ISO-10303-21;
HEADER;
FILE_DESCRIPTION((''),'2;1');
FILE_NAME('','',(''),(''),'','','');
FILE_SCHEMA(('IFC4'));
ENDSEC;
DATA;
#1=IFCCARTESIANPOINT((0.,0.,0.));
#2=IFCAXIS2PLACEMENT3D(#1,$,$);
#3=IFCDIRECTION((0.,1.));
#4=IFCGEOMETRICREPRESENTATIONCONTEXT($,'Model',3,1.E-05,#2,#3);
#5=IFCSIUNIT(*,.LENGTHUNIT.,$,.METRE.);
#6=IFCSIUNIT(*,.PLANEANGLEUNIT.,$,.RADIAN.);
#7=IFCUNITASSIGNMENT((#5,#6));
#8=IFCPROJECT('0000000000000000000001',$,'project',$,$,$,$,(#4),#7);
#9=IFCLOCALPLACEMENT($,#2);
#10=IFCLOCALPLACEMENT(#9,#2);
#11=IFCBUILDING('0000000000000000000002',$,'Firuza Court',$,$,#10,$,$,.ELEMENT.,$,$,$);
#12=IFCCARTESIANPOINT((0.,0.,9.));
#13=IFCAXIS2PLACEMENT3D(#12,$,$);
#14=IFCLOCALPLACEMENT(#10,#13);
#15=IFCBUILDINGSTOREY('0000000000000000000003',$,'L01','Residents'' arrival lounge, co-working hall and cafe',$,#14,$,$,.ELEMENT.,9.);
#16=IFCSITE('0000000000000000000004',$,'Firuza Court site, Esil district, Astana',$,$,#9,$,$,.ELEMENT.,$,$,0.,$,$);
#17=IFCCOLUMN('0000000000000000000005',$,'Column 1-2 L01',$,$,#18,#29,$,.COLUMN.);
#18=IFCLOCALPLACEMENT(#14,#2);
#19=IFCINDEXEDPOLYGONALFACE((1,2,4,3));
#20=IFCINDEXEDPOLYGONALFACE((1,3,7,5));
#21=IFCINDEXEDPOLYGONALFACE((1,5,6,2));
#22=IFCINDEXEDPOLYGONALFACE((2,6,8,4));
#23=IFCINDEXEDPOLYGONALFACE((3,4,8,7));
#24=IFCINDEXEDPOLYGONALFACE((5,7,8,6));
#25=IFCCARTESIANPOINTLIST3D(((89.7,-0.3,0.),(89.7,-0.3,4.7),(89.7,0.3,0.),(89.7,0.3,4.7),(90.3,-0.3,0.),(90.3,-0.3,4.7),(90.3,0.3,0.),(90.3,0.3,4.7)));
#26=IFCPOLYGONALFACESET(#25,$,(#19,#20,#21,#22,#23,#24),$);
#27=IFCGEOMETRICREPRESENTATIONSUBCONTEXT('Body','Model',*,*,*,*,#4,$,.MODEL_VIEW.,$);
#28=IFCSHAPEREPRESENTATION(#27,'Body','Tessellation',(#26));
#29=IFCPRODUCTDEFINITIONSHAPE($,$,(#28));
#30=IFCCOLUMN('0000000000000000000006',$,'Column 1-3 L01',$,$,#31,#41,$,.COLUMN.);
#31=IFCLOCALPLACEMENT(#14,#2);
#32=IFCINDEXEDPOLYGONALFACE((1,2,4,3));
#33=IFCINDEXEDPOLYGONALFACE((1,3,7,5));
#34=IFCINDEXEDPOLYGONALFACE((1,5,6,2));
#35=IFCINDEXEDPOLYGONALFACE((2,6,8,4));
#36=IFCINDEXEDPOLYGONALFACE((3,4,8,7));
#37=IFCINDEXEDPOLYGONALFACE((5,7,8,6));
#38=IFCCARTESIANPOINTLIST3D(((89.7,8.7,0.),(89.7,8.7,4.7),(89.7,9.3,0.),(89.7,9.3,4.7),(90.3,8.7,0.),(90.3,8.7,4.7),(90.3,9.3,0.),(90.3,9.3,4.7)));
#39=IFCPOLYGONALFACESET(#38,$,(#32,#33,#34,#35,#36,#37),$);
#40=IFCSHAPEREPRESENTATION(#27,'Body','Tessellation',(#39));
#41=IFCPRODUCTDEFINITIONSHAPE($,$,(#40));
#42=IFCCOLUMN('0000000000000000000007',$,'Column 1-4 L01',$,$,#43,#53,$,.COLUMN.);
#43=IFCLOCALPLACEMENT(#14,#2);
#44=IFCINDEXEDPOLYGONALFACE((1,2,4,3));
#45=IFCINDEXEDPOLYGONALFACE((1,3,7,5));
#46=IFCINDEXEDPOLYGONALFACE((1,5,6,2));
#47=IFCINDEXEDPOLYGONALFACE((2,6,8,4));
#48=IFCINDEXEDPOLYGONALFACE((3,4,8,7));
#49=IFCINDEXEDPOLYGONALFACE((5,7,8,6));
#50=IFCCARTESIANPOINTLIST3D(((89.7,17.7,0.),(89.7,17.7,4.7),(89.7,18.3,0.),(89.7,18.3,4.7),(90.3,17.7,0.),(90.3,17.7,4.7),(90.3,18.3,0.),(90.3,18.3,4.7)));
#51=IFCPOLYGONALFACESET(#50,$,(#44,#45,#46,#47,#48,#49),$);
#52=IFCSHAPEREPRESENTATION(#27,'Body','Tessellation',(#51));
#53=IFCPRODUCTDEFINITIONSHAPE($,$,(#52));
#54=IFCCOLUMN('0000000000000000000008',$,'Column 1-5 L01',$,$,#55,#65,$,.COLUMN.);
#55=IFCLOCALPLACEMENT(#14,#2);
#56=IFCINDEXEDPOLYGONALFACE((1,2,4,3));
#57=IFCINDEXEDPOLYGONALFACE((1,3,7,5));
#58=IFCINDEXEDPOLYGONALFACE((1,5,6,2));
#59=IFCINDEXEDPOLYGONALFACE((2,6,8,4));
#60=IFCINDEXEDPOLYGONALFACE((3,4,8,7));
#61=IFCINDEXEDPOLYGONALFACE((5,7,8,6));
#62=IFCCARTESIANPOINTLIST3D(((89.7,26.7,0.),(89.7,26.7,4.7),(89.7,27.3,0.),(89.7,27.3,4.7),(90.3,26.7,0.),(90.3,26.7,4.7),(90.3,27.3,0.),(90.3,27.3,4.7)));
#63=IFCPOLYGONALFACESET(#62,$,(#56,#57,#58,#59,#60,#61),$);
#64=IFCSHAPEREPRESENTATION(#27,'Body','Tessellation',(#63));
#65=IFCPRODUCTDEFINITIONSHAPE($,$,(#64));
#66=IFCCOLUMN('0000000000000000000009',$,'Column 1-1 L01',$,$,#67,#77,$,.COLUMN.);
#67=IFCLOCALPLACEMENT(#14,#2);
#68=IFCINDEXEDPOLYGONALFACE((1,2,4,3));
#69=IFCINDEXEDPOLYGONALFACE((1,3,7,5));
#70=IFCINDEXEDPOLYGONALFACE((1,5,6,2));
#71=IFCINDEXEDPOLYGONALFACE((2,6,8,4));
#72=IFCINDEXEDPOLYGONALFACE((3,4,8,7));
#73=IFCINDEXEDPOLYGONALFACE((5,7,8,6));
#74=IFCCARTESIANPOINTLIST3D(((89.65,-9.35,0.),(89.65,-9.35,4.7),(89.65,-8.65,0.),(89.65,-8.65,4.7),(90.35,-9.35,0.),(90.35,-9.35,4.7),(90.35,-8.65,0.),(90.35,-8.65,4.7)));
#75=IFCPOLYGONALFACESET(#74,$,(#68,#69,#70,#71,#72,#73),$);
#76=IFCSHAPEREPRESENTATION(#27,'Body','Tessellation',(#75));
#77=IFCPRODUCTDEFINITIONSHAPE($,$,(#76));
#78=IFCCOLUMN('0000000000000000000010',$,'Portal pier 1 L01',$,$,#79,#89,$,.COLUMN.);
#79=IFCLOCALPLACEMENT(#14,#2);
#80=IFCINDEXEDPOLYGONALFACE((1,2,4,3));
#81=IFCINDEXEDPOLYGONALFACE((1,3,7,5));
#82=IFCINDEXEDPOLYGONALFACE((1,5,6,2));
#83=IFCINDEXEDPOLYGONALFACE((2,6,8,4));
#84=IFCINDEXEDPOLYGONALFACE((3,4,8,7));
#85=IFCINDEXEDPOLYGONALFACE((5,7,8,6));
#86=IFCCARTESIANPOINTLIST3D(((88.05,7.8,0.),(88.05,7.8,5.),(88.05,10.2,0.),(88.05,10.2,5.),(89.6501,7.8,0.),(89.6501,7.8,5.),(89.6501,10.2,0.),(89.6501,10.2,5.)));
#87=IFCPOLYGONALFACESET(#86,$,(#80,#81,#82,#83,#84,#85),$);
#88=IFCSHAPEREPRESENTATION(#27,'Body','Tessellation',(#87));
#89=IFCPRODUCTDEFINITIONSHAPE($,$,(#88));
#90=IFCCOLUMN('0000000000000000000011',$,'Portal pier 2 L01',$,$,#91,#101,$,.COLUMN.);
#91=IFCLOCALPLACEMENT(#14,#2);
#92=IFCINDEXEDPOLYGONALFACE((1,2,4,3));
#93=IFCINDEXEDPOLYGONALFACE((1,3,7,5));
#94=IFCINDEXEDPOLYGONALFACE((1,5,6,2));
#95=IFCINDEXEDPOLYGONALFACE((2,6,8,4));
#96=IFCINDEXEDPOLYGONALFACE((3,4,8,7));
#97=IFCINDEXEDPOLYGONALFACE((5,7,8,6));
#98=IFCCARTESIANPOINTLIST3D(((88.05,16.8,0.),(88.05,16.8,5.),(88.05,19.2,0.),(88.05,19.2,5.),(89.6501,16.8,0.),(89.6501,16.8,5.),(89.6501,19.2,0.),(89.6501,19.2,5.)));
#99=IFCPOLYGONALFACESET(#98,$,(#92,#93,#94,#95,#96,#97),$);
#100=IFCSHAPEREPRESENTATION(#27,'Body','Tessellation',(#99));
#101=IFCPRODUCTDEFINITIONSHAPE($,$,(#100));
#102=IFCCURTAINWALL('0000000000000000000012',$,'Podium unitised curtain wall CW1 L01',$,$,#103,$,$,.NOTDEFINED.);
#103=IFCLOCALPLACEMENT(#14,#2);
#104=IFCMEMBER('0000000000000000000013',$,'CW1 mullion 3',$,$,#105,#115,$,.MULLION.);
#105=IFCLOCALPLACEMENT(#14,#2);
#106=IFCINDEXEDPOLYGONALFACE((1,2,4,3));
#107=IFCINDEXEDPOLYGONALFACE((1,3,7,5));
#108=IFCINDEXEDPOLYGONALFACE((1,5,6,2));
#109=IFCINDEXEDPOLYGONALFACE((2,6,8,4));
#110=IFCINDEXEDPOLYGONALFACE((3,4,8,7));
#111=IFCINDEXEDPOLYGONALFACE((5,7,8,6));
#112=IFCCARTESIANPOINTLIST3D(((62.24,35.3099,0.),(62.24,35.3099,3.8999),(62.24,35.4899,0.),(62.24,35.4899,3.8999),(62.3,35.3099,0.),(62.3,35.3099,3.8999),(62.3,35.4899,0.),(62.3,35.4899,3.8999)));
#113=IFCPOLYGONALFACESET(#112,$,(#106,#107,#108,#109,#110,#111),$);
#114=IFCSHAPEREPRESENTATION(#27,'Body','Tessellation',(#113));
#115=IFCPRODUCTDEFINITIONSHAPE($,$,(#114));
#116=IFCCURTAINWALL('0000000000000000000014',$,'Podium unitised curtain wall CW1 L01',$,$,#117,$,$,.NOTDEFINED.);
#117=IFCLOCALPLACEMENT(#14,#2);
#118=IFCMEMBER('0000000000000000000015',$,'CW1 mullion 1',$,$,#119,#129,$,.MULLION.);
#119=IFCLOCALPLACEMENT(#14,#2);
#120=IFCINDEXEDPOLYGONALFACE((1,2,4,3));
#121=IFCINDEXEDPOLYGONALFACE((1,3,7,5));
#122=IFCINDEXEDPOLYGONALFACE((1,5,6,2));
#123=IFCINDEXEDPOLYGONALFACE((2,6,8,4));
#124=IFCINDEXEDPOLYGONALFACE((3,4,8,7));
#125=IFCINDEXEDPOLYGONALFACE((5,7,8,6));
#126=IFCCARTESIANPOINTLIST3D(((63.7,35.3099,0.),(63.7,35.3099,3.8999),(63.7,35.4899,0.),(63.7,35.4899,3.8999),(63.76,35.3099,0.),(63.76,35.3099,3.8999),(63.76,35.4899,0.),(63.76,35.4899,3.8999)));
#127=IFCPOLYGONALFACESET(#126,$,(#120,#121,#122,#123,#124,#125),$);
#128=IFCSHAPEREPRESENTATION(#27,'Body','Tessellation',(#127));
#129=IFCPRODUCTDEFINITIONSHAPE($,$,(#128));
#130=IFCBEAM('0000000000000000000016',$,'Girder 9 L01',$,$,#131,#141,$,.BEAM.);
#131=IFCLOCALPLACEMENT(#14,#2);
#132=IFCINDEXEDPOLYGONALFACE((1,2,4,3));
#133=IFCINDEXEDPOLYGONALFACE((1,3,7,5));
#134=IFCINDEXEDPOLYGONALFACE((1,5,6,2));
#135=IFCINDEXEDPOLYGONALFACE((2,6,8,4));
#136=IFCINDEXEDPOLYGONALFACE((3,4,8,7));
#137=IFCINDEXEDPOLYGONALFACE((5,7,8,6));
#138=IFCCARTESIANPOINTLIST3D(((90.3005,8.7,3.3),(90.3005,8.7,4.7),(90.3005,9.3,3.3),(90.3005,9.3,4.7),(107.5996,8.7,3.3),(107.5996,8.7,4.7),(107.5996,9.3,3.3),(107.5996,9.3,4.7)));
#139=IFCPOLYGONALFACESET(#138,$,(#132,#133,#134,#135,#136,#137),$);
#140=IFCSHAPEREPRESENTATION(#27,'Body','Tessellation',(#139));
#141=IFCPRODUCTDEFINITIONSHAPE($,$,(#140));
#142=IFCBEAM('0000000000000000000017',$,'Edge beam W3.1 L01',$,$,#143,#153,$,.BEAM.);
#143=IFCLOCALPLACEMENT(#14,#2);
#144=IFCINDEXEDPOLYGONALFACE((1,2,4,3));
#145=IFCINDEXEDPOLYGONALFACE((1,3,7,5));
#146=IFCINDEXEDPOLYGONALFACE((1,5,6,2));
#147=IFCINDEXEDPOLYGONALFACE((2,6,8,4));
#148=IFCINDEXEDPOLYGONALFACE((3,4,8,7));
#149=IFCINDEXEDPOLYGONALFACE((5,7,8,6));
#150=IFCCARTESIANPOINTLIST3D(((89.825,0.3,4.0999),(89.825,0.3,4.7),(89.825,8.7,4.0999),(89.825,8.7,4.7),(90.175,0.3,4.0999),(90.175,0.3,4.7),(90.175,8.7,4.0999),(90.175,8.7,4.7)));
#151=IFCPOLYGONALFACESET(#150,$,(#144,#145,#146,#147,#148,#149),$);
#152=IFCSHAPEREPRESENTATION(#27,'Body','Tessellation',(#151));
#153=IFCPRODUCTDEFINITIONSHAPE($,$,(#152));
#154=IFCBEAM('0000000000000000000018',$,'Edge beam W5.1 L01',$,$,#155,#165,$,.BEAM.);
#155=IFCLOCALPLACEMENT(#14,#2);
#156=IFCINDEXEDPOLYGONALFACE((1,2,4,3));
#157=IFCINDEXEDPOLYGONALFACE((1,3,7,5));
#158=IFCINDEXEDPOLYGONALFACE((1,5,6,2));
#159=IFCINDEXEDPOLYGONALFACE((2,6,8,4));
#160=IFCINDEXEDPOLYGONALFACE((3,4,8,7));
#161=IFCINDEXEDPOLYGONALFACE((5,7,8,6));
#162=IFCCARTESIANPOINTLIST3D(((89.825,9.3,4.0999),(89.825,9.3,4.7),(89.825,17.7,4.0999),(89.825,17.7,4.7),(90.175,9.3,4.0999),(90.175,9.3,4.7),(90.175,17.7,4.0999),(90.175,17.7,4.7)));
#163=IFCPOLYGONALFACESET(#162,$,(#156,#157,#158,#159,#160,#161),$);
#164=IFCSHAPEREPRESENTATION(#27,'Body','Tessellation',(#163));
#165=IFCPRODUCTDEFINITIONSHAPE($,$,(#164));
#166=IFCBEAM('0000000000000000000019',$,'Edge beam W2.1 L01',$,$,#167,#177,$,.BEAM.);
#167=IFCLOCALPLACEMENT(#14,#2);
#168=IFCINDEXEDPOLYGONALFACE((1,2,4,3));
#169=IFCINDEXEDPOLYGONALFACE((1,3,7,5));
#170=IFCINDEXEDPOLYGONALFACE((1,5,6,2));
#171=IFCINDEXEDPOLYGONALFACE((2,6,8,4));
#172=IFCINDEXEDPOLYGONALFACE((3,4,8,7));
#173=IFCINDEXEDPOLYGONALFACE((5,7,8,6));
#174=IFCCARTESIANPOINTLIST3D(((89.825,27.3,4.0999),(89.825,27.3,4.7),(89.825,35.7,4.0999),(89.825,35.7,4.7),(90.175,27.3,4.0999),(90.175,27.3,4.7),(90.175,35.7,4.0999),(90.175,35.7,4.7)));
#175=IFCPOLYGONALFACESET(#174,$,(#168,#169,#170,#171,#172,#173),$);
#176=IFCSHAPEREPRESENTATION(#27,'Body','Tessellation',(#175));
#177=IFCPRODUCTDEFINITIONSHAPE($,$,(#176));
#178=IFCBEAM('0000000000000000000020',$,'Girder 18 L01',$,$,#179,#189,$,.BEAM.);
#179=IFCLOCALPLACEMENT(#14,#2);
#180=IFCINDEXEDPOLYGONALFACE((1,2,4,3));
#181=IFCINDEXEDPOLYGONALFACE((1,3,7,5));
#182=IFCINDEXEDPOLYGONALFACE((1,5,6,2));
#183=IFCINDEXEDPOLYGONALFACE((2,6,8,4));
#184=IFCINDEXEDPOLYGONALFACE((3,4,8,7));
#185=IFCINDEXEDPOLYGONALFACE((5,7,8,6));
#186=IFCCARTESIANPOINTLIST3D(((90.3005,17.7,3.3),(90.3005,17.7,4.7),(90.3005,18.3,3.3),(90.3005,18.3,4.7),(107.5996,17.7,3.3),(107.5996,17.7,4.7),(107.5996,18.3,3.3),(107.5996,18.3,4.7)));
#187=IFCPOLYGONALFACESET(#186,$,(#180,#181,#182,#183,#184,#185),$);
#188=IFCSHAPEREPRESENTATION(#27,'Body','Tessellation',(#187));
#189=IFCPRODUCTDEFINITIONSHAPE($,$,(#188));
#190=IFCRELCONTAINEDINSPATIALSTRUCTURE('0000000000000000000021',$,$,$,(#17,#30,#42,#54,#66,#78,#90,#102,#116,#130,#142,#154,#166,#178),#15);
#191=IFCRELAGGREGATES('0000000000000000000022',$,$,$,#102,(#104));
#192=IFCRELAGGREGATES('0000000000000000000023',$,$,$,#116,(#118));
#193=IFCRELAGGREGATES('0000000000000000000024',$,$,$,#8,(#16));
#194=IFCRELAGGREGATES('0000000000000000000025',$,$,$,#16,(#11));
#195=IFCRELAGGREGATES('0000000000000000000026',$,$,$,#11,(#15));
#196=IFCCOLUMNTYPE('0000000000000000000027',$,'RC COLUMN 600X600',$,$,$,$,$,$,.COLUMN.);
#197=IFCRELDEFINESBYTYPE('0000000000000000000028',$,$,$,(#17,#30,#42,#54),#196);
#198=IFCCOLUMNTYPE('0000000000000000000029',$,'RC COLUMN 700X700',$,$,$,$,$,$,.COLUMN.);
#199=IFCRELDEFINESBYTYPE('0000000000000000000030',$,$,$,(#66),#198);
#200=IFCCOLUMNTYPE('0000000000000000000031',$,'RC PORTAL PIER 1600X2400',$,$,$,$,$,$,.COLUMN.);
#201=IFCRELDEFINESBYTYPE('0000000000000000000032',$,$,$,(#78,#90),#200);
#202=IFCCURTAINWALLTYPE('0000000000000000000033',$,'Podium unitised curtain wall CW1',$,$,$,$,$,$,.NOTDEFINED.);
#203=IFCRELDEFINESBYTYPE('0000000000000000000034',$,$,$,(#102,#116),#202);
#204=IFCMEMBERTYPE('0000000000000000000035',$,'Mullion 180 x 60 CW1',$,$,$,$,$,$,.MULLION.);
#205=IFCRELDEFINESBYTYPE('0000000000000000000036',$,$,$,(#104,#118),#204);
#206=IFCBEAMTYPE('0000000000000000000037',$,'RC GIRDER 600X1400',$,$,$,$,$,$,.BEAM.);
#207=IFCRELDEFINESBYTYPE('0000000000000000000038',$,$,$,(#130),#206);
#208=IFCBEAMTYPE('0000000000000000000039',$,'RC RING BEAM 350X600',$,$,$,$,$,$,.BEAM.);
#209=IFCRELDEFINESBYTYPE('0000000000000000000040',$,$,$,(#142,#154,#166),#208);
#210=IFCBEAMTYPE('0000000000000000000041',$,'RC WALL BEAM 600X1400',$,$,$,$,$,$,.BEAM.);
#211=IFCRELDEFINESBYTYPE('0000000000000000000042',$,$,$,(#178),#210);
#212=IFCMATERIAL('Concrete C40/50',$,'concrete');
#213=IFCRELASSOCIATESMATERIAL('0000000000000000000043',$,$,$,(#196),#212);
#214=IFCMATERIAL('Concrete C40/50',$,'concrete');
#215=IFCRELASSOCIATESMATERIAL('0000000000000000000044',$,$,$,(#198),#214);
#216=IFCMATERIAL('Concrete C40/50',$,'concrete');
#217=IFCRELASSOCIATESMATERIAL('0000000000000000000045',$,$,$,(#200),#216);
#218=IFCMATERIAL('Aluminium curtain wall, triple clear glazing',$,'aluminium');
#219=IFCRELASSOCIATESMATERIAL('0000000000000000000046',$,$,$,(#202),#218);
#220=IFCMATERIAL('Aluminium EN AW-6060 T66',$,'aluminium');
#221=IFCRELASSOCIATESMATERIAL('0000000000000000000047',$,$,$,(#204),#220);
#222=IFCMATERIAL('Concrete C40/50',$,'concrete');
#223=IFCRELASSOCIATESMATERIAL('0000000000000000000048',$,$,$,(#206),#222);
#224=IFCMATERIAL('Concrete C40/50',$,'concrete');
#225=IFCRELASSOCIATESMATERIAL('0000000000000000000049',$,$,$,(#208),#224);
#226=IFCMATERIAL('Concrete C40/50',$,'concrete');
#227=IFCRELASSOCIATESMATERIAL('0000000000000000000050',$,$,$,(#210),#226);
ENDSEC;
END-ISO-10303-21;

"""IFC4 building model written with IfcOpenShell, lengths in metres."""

from ifc_helpers import new_model, si_unit, direction, frame, origin, origin_2d, place, context, subcontext, project, spatial, rectangle, extrude, material, material_profile, profile_set, type_object, element, aggregate, save


model = new_model("IFC4")

# Units and contexts
model_context = context("Model", 3, precision=1e-05, world=origin(), true_north=direction((0.0, 1.0)))
body_context = subcontext(model_context, "Body", "Model", "MODEL_VIEW")
ifc_project = project(units=[si_unit("LENGTHUNIT", "METRE"), si_unit("PLANEANGLEUNIT", "RADIAN")], contexts=[model_context])

# Site, building, storey
site_placement = place(None, origin())
site = spatial("IfcSite", under=ifc_project, at=site_placement, Name="Firuza Court site, Esil district, Astana", CompositionType="ELEMENT", RefElevation=0.0)
building_placement = place(site_placement, origin())
building = spatial("IfcBuilding", under=site, at=building_placement, Name="Firuza Court", CompositionType="ELEMENT")
storey_placement = place(building_placement, frame((0.0, 0.0, 9.0)))
storey = spatial("IfcBuildingStorey", under=building, at=storey_placement, Name="L01", Description="Residents' arrival lounge, co-working hall and cafe", CompositionType="ELEMENT", Elevation=9.0)

# Columns
ifc_material_1 = material(Name="Concrete C40/50", Category="concrete")
ifc_material_profile_1 = material_profile(ifc_material_1, rectangle(XDim=0.6001, YDim=0.6001, at=origin_2d()), Name="RC 600X600")
ifc_profile_set_1 = profile_set([ifc_material_profile_1], Name="Concrete C40/50")
column_type_1 = type_object("IfcColumnType", Name="RC COLUMN 600X600", PredefinedType="COLUMN", material=ifc_profile_set_1)
for number, where, z_axis, x_axis, name in (
    (1, (90.0, 0.0, 0.0), (0.0, 0.0, 1.0), (1.0, 0.0, 0.0), "Column 1-2 L01"),
    (2, (90.0, 9.0, 0.0), (0.0, 0.0, 1.0), (1.0, 0.0, 0.0), "Column 1-3 L01"),
    (3, (90.0, 18.0, 0.0), (0.0, 0.0, 1.0), (1.0, 0.0, 0.0), "Column 1-4 L01"),
    (4, (90.0, 27.0, 0.0), (0.0, 0.0, 1.0), (1.0, 0.0, 0.0), "Column 1-5 L01"),
):
    element("IfcColumn", number, at=place(storey_placement, frame(where, z_axis=z_axis, x_axis=x_axis)), inside=storey, type_object=column_type_1, Name=name, PredefinedType="COLUMN", context=body_context, shape_type="SweptSolid", body=[
        extrude(rectangle(XDim=0.6001, YDim=0.6001, at=origin_2d()), origin(), (0.0, 0.0, 1.0), 4.7),
    ])
ifc_material_2 = material(Name="Concrete C40/50", Category="concrete")
ifc_material_profile_2 = material_profile(ifc_material_2, rectangle(XDim=0.7, YDim=0.7, at=origin_2d()), Name="RC 700X700")
ifc_profile_set_2 = profile_set([ifc_material_profile_2], Name="Concrete C40/50")
column_type_2 = type_object("IfcColumnType", Name="RC COLUMN 700X700", PredefinedType="COLUMN", material=ifc_profile_set_2)
column_placement = place(storey_placement, frame((90.0, -9.0, 0.0), z_axis=(0.0, 0.0, 1.0), x_axis=(1.0, 0.0, 0.0)))
element("IfcColumn", 5, at=column_placement, inside=storey, type_object=column_type_2, Name="Column 1-1 L01", PredefinedType="COLUMN", context=body_context, shape_type="SweptSolid", body=[
    extrude(rectangle(XDim=0.7, YDim=0.7, at=origin_2d()), origin(), (0.0, 0.0, 1.0), 4.7),
])
ifc_material_3 = material(Name="Concrete C40/50", Category="concrete")
ifc_material_profile_3 = material_profile(ifc_material_3, rectangle(XDim=1.6001, YDim=2.3999, at=origin_2d()), Name="RC 1600X2400")
ifc_profile_set_3 = profile_set([ifc_material_profile_3], Name="Concrete C40/50")
column_type_3 = type_object("IfcColumnType", Name="RC PORTAL PIER 1600X2400", PredefinedType="COLUMN", material=ifc_profile_set_3)
for number, where, z_axis, x_axis, name in (
    (6, (88.8501, 9.0, 0.0), (0.0, 0.0, 1.0), (1.0, 0.0, 0.0), "Portal pier 1 L01"),
    (7, (88.8501, 18.0, 0.0), (0.0, 0.0, 1.0), (1.0, 0.0, 0.0), "Portal pier 2 L01"),
):
    element("IfcColumn", number, at=place(storey_placement, frame(where, z_axis=z_axis, x_axis=x_axis)), inside=storey, type_object=column_type_3, Name=name, PredefinedType="COLUMN", context=body_context, shape_type="SweptSolid", body=[
        extrude(rectangle(XDim=1.6001, YDim=2.3999, at=origin_2d()), origin(), (0.0, 0.0, 1.0), 5.0),
    ])

# Curtain walls, members
ifc_material_4 = material(Name="Aluminium curtain wall, triple clear glazing", Category="aluminium")
curtain_wall_type = type_object("IfcCurtainWallType", Name="Podium unitised curtain wall CW1", PredefinedType="NOTDEFINED", material=ifc_material_4)
curtain_wall_1_placement = place(storey_placement, origin())
curtain_wall_1 = element("IfcCurtainWall", 8, at=curtain_wall_1_placement, inside=storey, type_object=curtain_wall_type, Name="Podium unitised curtain wall CW1 L01", PredefinedType="NOTDEFINED")
ifc_material_5 = material(Name="Aluminium EN AW-6060 T66", Category="aluminium")
ifc_material_profile_4 = material_profile(ifc_material_5, rectangle(XDim=0.1799, YDim=0.0601, at=origin_2d()), Name="Mullion 180 x 60 CW1")
ifc_profile_set_4 = profile_set([ifc_material_profile_4], Name="Aluminium EN AW-6060 T66")
member_type_1 = type_object("IfcMemberType", Name="Mullion 180 x 60 CW1", PredefinedType="MULLION", material=ifc_profile_set_4)
member_1_placement = place(storey_placement, frame((62.27, 35.3999, 0.0), z_axis=(0.0, 0.0, 1.0), x_axis=(0.0, 1.0, 0.0)))
member_1 = element("IfcMember", 9, at=member_1_placement, type_object=member_type_1, Name="CW1 mullion 3", PredefinedType="MULLION", context=body_context, shape_type="SweptSolid", body=[
    extrude(rectangle(XDim=0.1799, YDim=0.0601, at=origin_2d()), origin(), (0.0, 0.0, 1.0), 3.8999),
])
aggregate(curtain_wall_1, [member_1])
curtain_wall_2_placement = place(storey_placement, origin())
curtain_wall_2 = element("IfcCurtainWall", 10, at=curtain_wall_2_placement, inside=storey, type_object=curtain_wall_type, Name="Podium unitised curtain wall CW1 L01", PredefinedType="NOTDEFINED")
member_2_placement = place(storey_placement, frame((63.73, 35.3999, 0.0), z_axis=(0.0, 0.0, 1.0), x_axis=(0.0, 1.0, 0.0)))
member_2 = element("IfcMember", 11, at=member_2_placement, type_object=member_type_1, Name="CW1 mullion 1", PredefinedType="MULLION", context=body_context, shape_type="SweptSolid", body=[
    extrude(rectangle(XDim=0.1799, YDim=0.0601, at=origin_2d()), origin(), (0.0, 0.0, 1.0), 3.8999),
])

# Beams
ifc_material_6 = material(Name="Concrete C40/50", Category="concrete")
ifc_material_profile_5 = material_profile(ifc_material_6, rectangle(XDim=0.6001, YDim=1.3999, at=origin_2d()), Name="RC 600X1400")
ifc_profile_set_5 = profile_set([ifc_material_profile_5], Name="Concrete C40/50")
beam_type_1 = type_object("IfcBeamType", Name="RC GIRDER 600X1400", PredefinedType="BEAM", material=ifc_profile_set_5)
beam_1_placement = place(storey_placement, frame((90.3005, 9.0, 4.0), z_axis=(1.0, 0.0, 0.0), x_axis=(0.0, 1.0, 0.0)))
element("IfcBeam", 12, at=beam_1_placement, inside=storey, type_object=beam_type_1, Name="Girder 9 L01", PredefinedType="BEAM", context=body_context, shape_type="SweptSolid", body=[
    extrude(rectangle(XDim=0.6001, YDim=1.3999, at=origin_2d()), origin(), (0.0, 0.0, 1.0), 17.2991),
])
ifc_material_7 = material(Name="Concrete C40/50", Category="concrete")
ifc_material_profile_6 = material_profile(ifc_material_7, rectangle(XDim=0.3501, YDim=0.6001, at=origin_2d()), Name="RC 350X600")
ifc_profile_set_6 = profile_set([ifc_material_profile_6], Name="Concrete C40/50")
beam_type_2 = type_object("IfcBeamType", Name="RC RING BEAM 350X600", PredefinedType="BEAM", material=ifc_profile_set_6)
for number, where, z_axis, x_axis, name in (
    (13, (90.0, 0.3, 4.3999), (0.0, 1.0, 0.0), (-1.0, 0.0, 0.0), "Edge beam W3.1 L01"),
    (14, (90.0, 9.3, 4.3999), (0.0, 1.0, 0.0), (-1.0, 0.0, 0.0), "Edge beam W5.1 L01"),
    (15, (90.0, 27.3, 4.3999), (0.0, 1.0, 0.0), (-1.0, 0.0, 0.0), "Edge beam W2.1 L01"),
):
    element("IfcBeam", number, at=place(storey_placement, frame(where, z_axis=z_axis, x_axis=x_axis)), inside=storey, type_object=beam_type_2, Name=name, PredefinedType="BEAM", context=body_context, shape_type="SweptSolid", body=[
        extrude(rectangle(XDim=0.3501, YDim=0.6001, at=origin_2d()), origin(), (0.0, 0.0, 1.0), 8.3999),
    ])
ifc_material_8 = material(Name="Concrete C40/50", Category="concrete")
ifc_material_profile_7 = material_profile(ifc_material_8, rectangle(XDim=0.6001, YDim=1.3999, at=origin_2d()), Name="RC 600X1400")
ifc_profile_set_7 = profile_set([ifc_material_profile_7], Name="Concrete C40/50")
beam_type_3 = type_object("IfcBeamType", Name="RC WALL BEAM 600X1400", PredefinedType="BEAM", material=ifc_profile_set_7)
beam_2_placement = place(storey_placement, frame((90.3005, 18.0, 4.0), z_axis=(1.0, 0.0, 0.0), x_axis=(0.0, 1.0, 0.0)))
element("IfcBeam", 16, at=beam_2_placement, inside=storey, type_object=beam_type_3, Name="Girder 18 L01", PredefinedType="BEAM", context=body_context, shape_type="SweptSolid", body=[
    extrude(rectangle(XDim=0.6001, YDim=1.3999, at=origin_2d()), origin(), (0.0, 0.0, 1.0), 17.2991),
])

aggregate(curtain_wall_2, [member_2])

save(model, "model.ifc")
